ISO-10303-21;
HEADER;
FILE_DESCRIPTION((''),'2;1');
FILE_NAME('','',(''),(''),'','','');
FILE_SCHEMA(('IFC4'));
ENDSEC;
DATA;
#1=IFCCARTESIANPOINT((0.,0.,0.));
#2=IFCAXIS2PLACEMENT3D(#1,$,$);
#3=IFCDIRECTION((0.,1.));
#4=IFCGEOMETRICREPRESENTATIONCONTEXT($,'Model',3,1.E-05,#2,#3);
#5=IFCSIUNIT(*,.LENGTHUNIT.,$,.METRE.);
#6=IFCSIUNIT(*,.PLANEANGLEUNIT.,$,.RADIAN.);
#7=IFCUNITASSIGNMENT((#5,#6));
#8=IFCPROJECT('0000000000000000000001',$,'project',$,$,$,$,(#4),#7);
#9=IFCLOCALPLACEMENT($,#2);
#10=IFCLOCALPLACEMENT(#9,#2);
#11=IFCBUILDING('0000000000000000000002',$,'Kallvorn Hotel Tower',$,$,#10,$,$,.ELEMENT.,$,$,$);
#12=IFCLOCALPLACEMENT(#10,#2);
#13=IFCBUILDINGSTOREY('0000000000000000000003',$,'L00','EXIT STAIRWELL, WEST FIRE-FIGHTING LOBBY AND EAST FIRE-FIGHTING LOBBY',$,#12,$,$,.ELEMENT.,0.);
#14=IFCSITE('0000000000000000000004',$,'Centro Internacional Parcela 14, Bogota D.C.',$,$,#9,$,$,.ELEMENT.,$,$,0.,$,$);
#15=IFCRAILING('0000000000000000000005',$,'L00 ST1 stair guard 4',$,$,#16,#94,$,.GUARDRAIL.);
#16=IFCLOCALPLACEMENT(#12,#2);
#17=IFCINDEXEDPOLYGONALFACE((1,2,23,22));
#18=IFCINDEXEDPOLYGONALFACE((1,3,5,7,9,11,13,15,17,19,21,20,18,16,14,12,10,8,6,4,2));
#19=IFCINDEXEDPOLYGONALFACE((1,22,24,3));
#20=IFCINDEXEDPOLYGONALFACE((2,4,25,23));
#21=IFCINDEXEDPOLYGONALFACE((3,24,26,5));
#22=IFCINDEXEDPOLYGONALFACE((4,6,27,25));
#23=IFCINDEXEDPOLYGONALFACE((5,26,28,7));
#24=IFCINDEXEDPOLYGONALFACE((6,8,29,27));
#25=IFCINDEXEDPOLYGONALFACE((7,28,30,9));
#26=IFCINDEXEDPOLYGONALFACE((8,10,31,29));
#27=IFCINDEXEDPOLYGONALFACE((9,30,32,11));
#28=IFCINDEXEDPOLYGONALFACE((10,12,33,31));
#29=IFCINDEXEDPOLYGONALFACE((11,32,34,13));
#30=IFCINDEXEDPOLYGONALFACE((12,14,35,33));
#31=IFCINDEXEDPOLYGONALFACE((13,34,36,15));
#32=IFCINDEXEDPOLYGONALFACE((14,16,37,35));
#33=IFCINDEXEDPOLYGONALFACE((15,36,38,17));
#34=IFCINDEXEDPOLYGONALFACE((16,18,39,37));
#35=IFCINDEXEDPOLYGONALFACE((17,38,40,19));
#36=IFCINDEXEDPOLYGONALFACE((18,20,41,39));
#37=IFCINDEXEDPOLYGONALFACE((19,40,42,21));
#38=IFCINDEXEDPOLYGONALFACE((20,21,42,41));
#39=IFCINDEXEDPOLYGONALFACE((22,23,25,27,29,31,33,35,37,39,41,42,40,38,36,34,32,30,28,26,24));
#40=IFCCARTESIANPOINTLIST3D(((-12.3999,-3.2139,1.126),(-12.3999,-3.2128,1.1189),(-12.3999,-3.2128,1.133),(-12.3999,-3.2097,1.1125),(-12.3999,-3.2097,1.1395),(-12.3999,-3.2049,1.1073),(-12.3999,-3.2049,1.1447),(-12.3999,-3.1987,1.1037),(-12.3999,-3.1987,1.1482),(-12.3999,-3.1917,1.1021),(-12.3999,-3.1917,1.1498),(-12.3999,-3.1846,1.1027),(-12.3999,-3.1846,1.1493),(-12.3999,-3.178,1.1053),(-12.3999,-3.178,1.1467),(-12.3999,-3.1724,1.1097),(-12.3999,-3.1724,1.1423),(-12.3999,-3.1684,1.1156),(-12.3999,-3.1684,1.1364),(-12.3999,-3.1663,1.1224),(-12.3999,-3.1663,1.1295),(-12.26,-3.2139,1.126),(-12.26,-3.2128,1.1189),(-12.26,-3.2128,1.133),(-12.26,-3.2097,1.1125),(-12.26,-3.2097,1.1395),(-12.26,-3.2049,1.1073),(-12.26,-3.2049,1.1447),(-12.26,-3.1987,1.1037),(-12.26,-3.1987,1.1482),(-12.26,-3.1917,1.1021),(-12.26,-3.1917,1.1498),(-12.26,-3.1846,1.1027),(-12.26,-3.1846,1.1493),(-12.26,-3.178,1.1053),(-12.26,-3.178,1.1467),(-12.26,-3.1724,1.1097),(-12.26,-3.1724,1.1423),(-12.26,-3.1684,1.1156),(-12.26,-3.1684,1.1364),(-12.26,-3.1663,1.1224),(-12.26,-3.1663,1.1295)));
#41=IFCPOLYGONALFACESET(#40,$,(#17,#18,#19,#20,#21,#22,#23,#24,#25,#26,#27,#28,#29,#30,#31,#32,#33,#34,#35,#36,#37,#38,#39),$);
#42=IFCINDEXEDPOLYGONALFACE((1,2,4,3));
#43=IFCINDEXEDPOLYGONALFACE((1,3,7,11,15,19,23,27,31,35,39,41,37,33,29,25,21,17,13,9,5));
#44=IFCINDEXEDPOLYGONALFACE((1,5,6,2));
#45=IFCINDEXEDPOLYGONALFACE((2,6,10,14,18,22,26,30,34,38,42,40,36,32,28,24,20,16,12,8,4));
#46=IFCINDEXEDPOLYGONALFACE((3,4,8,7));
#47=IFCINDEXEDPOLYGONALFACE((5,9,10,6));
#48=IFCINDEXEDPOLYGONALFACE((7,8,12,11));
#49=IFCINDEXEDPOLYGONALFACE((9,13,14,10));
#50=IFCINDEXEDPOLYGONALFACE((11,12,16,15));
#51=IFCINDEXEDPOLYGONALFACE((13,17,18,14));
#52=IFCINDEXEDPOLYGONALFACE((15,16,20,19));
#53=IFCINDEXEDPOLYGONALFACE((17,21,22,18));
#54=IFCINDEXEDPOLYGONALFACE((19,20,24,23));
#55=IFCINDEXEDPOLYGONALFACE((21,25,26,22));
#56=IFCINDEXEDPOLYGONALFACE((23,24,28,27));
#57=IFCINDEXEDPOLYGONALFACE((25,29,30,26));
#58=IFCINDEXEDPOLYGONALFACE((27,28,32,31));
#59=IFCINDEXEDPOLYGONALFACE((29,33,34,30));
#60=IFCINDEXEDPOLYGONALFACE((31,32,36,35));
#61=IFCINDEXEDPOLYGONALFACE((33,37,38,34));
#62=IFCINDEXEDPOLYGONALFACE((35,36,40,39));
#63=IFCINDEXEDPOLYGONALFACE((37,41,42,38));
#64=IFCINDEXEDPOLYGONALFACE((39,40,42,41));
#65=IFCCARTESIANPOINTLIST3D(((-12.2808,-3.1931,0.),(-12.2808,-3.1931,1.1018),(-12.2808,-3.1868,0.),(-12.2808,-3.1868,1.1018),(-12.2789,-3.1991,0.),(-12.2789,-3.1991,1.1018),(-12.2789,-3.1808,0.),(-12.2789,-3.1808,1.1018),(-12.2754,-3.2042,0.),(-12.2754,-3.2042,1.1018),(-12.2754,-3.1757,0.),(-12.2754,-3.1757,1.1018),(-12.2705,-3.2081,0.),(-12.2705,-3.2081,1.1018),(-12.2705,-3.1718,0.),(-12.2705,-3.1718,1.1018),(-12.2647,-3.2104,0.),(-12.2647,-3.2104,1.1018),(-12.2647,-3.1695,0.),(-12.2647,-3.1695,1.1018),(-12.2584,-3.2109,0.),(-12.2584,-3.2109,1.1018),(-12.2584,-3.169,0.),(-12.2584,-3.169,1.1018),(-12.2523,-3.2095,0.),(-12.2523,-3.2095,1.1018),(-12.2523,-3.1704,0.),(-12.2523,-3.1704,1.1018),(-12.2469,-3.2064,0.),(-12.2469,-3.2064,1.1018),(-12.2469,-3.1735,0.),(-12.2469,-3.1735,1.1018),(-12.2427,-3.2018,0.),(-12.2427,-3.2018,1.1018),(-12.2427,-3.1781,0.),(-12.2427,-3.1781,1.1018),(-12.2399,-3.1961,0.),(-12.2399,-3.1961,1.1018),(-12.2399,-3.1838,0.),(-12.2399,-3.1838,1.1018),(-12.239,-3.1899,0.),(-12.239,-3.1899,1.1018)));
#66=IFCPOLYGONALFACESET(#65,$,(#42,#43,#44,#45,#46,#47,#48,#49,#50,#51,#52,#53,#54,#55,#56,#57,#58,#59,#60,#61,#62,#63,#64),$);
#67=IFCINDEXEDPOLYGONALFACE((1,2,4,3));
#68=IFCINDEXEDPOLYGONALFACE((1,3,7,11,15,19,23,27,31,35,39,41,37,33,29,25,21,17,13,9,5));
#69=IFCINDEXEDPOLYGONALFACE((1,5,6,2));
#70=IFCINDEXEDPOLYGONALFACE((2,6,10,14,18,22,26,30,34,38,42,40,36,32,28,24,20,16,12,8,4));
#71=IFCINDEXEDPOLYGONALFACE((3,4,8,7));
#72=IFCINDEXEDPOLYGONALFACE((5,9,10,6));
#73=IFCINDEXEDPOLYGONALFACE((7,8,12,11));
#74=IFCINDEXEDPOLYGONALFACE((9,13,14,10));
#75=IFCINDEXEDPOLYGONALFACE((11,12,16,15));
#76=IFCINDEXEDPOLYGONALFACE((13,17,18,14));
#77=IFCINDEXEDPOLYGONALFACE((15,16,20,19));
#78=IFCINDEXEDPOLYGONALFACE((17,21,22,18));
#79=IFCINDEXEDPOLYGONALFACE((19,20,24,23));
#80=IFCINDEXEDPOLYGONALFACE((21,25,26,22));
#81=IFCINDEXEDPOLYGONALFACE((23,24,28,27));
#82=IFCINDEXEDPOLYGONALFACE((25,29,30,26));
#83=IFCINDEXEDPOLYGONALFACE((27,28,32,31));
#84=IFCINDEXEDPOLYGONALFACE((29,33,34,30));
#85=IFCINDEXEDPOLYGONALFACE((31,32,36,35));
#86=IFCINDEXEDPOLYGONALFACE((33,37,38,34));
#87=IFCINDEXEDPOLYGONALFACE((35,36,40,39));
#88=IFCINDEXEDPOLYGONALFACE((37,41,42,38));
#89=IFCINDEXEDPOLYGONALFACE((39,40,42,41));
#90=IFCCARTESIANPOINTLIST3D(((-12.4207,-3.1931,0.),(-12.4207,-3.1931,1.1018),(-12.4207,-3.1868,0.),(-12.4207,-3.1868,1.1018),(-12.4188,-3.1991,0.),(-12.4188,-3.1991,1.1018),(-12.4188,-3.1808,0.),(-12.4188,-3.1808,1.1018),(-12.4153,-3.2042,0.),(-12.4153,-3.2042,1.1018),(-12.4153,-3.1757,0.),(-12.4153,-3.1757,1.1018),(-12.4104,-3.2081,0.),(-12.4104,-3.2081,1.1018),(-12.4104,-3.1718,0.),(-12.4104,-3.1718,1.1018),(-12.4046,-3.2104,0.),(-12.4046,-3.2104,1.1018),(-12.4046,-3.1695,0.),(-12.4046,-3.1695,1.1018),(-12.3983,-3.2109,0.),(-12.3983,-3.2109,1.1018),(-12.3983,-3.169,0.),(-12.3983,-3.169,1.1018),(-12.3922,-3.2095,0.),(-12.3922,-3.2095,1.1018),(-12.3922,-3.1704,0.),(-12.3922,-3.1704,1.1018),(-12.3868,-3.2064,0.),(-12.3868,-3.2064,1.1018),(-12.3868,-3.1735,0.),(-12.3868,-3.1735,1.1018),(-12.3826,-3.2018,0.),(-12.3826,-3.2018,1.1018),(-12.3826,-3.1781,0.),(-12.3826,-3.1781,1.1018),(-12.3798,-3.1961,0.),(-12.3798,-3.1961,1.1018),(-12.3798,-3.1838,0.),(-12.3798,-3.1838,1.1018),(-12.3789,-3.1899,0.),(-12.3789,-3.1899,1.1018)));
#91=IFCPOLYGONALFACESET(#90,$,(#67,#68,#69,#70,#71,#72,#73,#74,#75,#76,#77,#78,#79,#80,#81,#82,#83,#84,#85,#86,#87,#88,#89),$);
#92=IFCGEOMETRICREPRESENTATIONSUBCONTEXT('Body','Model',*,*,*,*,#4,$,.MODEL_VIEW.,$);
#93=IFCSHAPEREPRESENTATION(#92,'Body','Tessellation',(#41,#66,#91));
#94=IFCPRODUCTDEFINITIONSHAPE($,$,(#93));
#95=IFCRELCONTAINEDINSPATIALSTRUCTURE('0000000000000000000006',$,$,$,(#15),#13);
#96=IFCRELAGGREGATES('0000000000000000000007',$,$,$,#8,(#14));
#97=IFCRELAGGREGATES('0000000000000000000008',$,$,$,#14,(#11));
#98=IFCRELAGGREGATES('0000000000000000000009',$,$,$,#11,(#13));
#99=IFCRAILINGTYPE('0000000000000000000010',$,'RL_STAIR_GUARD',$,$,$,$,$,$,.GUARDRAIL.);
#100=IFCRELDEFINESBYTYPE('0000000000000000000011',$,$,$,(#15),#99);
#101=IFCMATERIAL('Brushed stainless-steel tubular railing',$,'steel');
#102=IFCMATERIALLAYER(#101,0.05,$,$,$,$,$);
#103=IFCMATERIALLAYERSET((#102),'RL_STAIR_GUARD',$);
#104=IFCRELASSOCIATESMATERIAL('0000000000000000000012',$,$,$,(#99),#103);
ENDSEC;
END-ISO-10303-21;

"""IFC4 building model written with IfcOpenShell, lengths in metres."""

from ifc_helpers import new_model, si_unit, direction, frame, origin, origin_2d, place, context, subcontext, project, spatial, circle, extrude, material, layer, layer_set, type_object, element, save


model = new_model("IFC4")

# Units and contexts
model_context = context("Model", 3, precision=1e-05, world=origin(), true_north=direction((0.0, 1.0)))
body_context = subcontext(model_context, "Body", "Model", "MODEL_VIEW")
ifc_project = project(units=[si_unit("LENGTHUNIT", "METRE"), si_unit("PLANEANGLEUNIT", "RADIAN")], contexts=[model_context])

# Site, building, storey
site_placement = place(None, origin())
site = spatial("IfcSite", under=ifc_project, at=site_placement, Name="Centro Internacional Parcela 14, Bogota D.C.", CompositionType="ELEMENT", RefElevation=0.0)
building_placement = place(site_placement, origin())
building = spatial("IfcBuilding", under=site, at=building_placement, Name="Kallvorn Hotel Tower", CompositionType="ELEMENT")
storey_placement = place(building_placement, origin())
storey = spatial("IfcBuildingStorey", under=building, at=storey_placement, Name="L00", Description="EXIT STAIRWELL, WEST FIRE-FIGHTING LOBBY AND EAST FIRE-FIGHTING LOBBY", CompositionType="ELEMENT", Elevation=0.0)

# Railing
ifc_material_1 = material(Name="Brushed stainless-steel tubular railing", Category="steel")
ifc_layer_1 = layer(ifc_material_1, 0.05)
ifc_layer_set_1 = layer_set([ifc_layer_1], Name="RL_STAIR_GUARD")
railing_type_1 = type_object("IfcRailingType", Name="RL_STAIR_GUARD", PredefinedType="GUARDRAIL", material=ifc_layer_set_1)
railing_1_placement = place(storey_placement, frame((-12.26, -3.1899, 0.0)))
element("IfcRailing", 1, at=railing_1_placement, inside=storey, type_object=railing_type_1, Name="L00 ST1 stair guard 4", PredefinedType="GUARDRAIL", context=body_context, shape_type="SweptSolid", body=[
    extrude(circle(Radius=0.0239, at=origin_2d()), frame((0.0, 0.0, 1.126), z_axis=(-1.0, 0.0, 0.0), x_axis=(0.0, -1.0, 0.0)), (0.0, 0.0, 1.0), 0.1399),
    extrude(circle(Radius=0.021, at=origin_2d()), origin(), (0.0, 0.0, 1.0), 1.1018),
    extrude(circle(Radius=0.021, at=origin_2d()), frame((-0.1399, 0.0, 0.0)), (0.0, 0.0, 1.0), 1.1018),
])

save(model, "model.ifc")
